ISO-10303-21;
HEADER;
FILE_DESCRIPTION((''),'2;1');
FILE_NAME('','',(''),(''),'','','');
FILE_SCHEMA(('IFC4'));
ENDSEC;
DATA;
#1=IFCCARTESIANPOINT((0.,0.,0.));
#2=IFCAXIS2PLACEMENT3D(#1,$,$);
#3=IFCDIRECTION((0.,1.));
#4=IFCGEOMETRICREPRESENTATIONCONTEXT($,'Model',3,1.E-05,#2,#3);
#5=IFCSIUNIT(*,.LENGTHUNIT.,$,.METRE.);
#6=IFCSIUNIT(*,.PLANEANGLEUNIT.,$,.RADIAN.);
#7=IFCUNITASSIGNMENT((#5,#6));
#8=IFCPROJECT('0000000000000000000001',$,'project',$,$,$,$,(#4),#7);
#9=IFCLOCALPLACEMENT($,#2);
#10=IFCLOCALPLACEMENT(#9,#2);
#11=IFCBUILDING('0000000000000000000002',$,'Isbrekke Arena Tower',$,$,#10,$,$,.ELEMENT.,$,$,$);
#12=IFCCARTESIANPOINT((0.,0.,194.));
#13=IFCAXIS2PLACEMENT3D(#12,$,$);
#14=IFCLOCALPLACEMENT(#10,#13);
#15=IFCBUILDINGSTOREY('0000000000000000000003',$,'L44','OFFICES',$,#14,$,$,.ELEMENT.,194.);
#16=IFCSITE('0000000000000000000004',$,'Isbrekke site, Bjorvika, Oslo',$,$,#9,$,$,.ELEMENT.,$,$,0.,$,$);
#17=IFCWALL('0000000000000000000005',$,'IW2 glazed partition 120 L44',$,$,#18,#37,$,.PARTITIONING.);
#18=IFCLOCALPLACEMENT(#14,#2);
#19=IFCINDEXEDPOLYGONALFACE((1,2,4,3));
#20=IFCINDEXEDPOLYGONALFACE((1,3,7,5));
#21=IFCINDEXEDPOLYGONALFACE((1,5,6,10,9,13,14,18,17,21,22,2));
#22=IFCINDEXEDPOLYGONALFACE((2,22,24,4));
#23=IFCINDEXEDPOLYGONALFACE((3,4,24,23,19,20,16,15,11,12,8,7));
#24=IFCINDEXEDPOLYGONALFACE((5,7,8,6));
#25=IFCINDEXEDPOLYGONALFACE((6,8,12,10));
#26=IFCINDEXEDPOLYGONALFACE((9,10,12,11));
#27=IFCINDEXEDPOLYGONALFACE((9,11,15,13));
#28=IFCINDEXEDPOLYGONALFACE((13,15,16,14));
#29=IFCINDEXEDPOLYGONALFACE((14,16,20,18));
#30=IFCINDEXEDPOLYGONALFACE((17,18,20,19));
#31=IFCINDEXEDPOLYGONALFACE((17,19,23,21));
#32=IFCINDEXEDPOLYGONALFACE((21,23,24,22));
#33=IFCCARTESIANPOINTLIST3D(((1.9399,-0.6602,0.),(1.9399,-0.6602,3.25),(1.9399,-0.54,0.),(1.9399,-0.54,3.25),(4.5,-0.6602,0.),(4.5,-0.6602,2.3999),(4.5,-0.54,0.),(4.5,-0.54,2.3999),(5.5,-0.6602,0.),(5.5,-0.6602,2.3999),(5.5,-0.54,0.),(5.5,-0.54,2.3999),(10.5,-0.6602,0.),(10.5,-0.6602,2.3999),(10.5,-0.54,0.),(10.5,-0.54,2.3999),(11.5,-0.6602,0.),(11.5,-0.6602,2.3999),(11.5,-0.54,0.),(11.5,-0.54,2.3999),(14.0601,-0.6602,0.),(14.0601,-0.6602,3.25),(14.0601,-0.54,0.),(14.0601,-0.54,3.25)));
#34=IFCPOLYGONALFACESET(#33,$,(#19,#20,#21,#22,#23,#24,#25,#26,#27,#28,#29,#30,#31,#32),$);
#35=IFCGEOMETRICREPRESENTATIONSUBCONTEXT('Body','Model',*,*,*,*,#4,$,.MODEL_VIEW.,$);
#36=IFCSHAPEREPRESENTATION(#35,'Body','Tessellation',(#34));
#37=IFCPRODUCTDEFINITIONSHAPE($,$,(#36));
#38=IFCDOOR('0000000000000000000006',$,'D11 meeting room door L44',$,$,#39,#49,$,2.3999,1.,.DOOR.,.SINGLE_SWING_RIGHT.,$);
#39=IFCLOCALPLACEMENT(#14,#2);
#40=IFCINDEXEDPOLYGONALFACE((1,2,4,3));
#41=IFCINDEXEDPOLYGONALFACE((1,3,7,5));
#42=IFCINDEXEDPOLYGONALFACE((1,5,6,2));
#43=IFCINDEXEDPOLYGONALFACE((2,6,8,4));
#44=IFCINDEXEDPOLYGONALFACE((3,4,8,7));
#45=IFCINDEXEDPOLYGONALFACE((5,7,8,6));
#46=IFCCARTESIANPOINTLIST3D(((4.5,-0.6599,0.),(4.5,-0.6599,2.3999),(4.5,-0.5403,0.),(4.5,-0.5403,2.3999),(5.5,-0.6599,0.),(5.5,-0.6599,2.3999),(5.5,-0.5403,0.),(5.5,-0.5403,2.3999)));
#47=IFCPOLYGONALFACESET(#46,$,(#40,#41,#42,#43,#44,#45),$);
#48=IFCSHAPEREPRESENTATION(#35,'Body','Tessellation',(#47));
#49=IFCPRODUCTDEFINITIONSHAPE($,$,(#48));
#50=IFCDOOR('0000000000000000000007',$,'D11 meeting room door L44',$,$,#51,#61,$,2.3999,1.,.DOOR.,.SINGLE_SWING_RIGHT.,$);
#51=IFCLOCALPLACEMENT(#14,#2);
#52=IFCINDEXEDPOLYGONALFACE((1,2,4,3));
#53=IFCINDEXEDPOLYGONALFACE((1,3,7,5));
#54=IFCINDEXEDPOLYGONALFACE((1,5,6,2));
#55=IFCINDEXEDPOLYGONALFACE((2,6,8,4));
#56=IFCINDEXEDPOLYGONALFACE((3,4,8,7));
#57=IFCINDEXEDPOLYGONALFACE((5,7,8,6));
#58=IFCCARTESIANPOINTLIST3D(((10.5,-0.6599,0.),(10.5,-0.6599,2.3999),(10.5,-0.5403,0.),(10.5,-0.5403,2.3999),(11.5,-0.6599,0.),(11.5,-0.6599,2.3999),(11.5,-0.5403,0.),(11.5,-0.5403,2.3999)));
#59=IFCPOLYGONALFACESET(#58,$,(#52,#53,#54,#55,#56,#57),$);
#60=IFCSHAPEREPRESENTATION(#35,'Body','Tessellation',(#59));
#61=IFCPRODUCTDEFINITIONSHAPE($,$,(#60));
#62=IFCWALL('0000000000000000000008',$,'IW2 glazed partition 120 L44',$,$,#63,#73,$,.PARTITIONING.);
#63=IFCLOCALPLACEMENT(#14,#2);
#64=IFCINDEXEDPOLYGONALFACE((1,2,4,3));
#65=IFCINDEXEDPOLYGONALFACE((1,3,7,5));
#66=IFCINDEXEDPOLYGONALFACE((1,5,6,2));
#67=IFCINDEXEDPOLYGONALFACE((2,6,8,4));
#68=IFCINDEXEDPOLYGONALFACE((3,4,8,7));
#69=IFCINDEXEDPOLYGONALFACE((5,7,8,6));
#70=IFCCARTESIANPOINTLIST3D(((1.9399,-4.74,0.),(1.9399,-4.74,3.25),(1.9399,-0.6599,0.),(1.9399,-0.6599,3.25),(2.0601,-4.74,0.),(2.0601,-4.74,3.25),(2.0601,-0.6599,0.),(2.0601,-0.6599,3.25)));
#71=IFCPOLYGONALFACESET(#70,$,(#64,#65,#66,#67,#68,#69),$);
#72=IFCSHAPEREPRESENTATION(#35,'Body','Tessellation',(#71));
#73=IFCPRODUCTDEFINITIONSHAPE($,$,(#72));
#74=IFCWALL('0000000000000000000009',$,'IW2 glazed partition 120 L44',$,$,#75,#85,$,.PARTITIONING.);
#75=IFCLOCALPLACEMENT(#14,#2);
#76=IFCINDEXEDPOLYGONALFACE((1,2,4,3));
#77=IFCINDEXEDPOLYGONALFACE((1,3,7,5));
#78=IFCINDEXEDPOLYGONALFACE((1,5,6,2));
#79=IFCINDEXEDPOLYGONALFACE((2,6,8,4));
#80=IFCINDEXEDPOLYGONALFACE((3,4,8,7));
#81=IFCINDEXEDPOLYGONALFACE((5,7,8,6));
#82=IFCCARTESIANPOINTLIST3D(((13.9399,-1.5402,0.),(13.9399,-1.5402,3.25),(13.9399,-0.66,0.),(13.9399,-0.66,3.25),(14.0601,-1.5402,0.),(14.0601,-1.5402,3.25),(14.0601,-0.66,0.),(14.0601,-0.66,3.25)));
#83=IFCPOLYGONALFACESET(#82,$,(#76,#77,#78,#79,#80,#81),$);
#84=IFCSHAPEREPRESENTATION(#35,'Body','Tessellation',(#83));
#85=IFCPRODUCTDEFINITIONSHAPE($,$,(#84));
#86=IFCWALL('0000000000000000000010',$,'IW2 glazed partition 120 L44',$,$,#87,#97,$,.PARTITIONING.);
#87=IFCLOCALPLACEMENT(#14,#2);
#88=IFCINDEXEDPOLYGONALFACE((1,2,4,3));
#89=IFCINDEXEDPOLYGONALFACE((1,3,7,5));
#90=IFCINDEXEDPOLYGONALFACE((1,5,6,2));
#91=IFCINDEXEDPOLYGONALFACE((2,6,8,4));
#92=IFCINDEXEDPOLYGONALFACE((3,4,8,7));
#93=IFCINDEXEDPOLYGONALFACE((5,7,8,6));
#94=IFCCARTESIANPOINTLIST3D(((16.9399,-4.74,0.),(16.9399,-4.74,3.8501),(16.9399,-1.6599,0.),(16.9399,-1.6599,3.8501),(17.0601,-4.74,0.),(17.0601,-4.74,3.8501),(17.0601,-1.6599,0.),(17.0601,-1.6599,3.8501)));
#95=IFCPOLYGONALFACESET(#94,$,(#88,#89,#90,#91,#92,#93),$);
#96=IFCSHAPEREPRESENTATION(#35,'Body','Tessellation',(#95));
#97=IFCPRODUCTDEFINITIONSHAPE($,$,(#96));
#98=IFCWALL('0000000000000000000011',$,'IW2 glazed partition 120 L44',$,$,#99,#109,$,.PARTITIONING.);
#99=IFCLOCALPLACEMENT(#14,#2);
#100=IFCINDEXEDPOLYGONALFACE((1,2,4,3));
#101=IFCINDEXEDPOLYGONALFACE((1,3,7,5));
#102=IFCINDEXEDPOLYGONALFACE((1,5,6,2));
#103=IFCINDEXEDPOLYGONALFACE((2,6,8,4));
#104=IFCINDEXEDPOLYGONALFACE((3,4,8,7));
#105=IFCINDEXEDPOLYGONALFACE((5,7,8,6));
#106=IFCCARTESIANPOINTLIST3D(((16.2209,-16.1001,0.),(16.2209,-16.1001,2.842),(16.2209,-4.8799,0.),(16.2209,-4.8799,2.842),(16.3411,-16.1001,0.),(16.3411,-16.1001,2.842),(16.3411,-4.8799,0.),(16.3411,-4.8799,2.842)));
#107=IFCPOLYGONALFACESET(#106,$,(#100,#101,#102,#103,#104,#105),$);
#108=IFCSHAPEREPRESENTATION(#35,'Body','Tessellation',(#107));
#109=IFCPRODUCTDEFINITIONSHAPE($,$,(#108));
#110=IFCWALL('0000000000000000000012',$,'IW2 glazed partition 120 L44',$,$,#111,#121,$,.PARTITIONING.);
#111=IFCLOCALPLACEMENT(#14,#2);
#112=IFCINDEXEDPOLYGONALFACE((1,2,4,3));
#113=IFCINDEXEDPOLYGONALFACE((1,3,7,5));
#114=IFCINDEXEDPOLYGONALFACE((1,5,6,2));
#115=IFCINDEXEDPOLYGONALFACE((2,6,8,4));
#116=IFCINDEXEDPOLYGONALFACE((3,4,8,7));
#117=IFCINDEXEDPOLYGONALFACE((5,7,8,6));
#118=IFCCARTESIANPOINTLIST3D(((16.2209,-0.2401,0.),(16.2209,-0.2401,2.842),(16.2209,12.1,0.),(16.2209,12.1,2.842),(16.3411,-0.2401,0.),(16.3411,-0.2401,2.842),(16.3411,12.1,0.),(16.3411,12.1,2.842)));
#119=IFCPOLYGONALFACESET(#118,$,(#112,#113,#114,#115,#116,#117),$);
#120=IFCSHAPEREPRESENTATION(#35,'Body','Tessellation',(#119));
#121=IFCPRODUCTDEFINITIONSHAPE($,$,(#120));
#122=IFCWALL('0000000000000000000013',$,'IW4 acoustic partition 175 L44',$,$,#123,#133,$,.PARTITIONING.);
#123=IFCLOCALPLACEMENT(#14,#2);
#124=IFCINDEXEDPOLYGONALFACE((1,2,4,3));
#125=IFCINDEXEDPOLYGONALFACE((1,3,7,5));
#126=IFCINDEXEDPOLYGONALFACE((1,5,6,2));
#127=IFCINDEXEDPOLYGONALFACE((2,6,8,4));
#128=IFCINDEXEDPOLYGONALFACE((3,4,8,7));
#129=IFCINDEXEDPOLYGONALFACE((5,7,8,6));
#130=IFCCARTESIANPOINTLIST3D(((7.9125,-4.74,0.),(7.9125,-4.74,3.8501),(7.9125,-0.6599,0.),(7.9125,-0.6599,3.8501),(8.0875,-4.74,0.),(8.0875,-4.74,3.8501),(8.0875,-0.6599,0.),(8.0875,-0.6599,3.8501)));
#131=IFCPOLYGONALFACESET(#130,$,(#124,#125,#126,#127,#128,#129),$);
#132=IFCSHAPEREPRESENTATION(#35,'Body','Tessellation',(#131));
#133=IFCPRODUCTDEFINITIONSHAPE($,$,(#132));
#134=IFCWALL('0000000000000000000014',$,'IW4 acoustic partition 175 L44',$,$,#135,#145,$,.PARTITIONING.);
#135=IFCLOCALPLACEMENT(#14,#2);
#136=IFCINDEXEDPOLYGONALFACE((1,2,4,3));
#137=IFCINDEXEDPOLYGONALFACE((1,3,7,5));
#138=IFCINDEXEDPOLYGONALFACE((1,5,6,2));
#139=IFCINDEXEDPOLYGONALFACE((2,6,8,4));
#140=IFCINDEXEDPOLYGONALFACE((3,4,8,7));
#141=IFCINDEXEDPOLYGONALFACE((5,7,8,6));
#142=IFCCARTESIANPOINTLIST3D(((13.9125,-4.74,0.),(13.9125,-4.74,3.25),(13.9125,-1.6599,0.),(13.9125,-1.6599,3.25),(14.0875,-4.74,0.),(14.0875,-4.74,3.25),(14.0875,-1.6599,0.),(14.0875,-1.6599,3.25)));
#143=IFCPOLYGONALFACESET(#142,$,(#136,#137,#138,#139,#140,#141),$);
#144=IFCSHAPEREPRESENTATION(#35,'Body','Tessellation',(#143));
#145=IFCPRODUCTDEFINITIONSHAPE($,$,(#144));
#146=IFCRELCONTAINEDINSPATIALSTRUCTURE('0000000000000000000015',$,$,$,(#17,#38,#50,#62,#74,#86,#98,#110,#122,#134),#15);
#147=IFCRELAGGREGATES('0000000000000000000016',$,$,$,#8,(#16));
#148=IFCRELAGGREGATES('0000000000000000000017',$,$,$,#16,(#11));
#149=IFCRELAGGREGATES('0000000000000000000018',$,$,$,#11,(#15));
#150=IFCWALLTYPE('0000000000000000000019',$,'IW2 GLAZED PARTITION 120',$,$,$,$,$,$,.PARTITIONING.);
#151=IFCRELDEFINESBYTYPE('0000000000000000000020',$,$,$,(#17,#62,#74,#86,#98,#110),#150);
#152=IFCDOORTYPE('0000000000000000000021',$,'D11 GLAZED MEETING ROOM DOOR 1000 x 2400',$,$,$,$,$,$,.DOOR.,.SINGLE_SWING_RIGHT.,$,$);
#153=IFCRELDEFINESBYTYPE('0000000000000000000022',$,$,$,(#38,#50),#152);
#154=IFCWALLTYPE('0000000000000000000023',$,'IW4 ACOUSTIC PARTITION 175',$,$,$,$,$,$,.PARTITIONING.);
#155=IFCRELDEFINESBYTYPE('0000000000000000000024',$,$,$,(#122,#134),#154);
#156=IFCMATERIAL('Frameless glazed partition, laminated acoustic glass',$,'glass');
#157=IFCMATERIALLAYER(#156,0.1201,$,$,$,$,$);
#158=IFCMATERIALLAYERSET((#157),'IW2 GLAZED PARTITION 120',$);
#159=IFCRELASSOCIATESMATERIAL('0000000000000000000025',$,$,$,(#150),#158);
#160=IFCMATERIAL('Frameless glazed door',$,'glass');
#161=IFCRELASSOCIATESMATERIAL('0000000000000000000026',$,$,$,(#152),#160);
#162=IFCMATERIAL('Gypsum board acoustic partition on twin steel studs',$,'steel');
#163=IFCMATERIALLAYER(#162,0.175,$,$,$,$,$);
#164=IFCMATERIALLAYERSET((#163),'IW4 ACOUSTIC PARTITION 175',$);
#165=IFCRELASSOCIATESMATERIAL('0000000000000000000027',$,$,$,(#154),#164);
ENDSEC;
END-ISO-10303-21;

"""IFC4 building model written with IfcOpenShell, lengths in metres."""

from ifc_helpers import new_model, si_unit, direction, frame, frame_2d, origin, place, context, subcontext, project, spatial, rectangle, extrude, material, layer, layer_set, type_object, element, fill, save


model = new_model("IFC4")

# Units and contexts
model_context = context("Model", 3, precision=1e-05, world=origin(), true_north=direction((0.0, 1.0)))
body_context = subcontext(model_context, "Body", "Model", "MODEL_VIEW")
ifc_project = project(units=[si_unit("LENGTHUNIT", "METRE"), si_unit("PLANEANGLEUNIT", "RADIAN")], contexts=[model_context])

# Site, building, storey
site_placement = place(None, origin())
site = spatial("IfcSite", under=ifc_project, at=site_placement, Name="Isbrekke site, Bjorvika, Oslo", CompositionType="ELEMENT", RefElevation=0.0)
building_placement = place(site_placement, origin())
building = spatial("IfcBuilding", under=site, at=building_placement, Name="Isbrekke Arena Tower", CompositionType="ELEMENT")
storey_placement = place(building_placement, frame((0.0, 0.0, 194.0)))
storey = spatial("IfcBuildingStorey", under=building, at=storey_placement, Name="L44", Description="OFFICES", CompositionType="ELEMENT", Elevation=194.0)

# Shared definitions
ifc_material_1 = material(Name="Frameless glazed partition, laminated acoustic glass", Category="glass")
ifc_layer_1 = layer(ifc_material_1, 0.1201)
ifc_layer_set_1 = layer_set([ifc_layer_1], Name="IW2 GLAZED PARTITION 120")
wall_type_1 = type_object("IfcWallType", Name="IW2 GLAZED PARTITION 120", PredefinedType="PARTITIONING", material=ifc_layer_set_1)

# Shared definitions
ifc_material_2 = material(Name="Frameless glazed door", Category="glass")
door_type_1 = type_object("IfcDoorType", Name="D11 GLAZED MEETING ROOM DOOR 1000 x 2400", OperationType="SINGLE_SWING_RIGHT", PredefinedType="DOOR", material=ifc_material_2)

# Wall, openings, doors
wall_1_placement = place(storey_placement, frame((1.9399, -0.6001, 0.0), z_axis=(0.0, 0.0, 1.0), x_axis=(1.0, 0.0, 0.0)))
wall_1 = element("IfcWall", 1, at=wall_1_placement, inside=storey, type_object=wall_type_1, Name="IW2 glazed partition 120 L44", PredefinedType="PARTITIONING", context=body_context, shape_type="SweptSolid", body=[
    extrude(rectangle(XDim=12.1201, YDim=0.1201, at=frame_2d((6.0601, 0.0))), origin(), (0.0, 0.0, 1.0), 3.25),
])
opening_1_placement = place(wall_1_placement, frame((2.5601, 0.0, 0.0)))
opening_1 = element("IfcOpeningElement", 2, at=opening_1_placement, cuts=wall_1, PredefinedType="OPENING", context=body_context, shape_type="SweptSolid", body=[
    extrude(rectangle(XDim=1.0, YDim=2.3999, at=frame_2d((0.5, 1.2))), frame((0.0, 0.075, 0.0), z_axis=(0.0, -1.0, 0.0), x_axis=(1.0, 0.0, 0.0)), (0.0, 0.0, 1.0), 0.1499),
])
opening_2_placement = place(wall_1_placement, frame((8.5601, 0.0, 0.0)))
opening_2 = element("IfcOpeningElement", 3, at=opening_2_placement, cuts=wall_1, PredefinedType="OPENING", context=body_context, shape_type="SweptSolid", body=[
    extrude(rectangle(XDim=1.0, YDim=2.3999, at=frame_2d((0.5, 1.2))), frame((0.0, 0.075, 0.0), z_axis=(0.0, -1.0, 0.0), x_axis=(1.0, 0.0, 0.0)), (0.0, 0.0, 1.0), 0.1499),
])
door_1_placement = place(opening_1_placement, origin())
door_1 = element("IfcDoor", 4, at=door_1_placement, inside=storey, type_object=door_type_1, Name="D11 meeting room door L44", OperationType="SINGLE_SWING_RIGHT", OverallHeight=2.3999, OverallWidth=1.0, PredefinedType="DOOR", context=body_context, shape_type="SweptSolid", body=[
    extrude(rectangle(XDim=1.0, YDim=2.3999, at=frame_2d((0.5, 1.2))), frame((0.0, 0.0598, 0.0), z_axis=(0.0, -1.0, 0.0), x_axis=(1.0, 0.0, 0.0)), (0.0, 0.0, 1.0), 0.1196),
])
fill(opening_1, door_1)
door_2_placement = place(opening_2_placement, origin())
door_2 = element("IfcDoor", 5, at=door_2_placement, inside=storey, type_object=door_type_1, Name="D11 meeting room door L44", OperationType="SINGLE_SWING_RIGHT", OverallHeight=2.3999, OverallWidth=1.0, PredefinedType="DOOR", context=body_context, shape_type="SweptSolid", body=[
    extrude(rectangle(XDim=1.0, YDim=2.3999, at=frame_2d((0.5, 1.2))), frame((0.0, 0.0598, 0.0), z_axis=(0.0, -1.0, 0.0), x_axis=(1.0, 0.0, 0.0)), (0.0, 0.0, 1.0), 0.1196),
])
fill(opening_2, door_2)

# Walls
wall_2_placement = place(storey_placement, frame((2.0, -4.74, 0.0), z_axis=(0.0, 0.0, 1.0), x_axis=(0.0, 1.0, 0.0)))
element("IfcWall", 6, at=wall_2_placement, inside=storey, type_object=wall_type_1, Name="IW2 glazed partition 120 L44", PredefinedType="PARTITIONING", context=body_context, shape_type="SweptSolid", body=[
    extrude(rectangle(XDim=4.0801, YDim=0.1201, at=frame_2d((2.04, 0.0))), origin(), (0.0, 0.0, 1.0), 3.25),
])
wall_3_placement = place(storey_placement, frame((14.0, -1.54, 0.0), z_axis=(0.0, 0.0, 1.0), x_axis=(0.0, 1.0, 0.0)))
element("IfcWall", 7, at=wall_3_placement, inside=storey, type_object=wall_type_1, Name="IW2 glazed partition 120 L44", PredefinedType="PARTITIONING", context=body_context, shape_type="SweptSolid", body=[
    extrude(rectangle(XDim=0.8801, YDim=0.1201, at=frame_2d((0.4399, 0.0))), origin(), (0.0, 0.0, 1.0), 3.25),
])
wall_4_placement = place(storey_placement, frame((17.0, -4.74, 0.0), z_axis=(0.0, 0.0, 1.0), x_axis=(0.0, 1.0, 0.0)))
element("IfcWall", 8, at=wall_4_placement, inside=storey, type_object=wall_type_1, Name="IW2 glazed partition 120 L44", PredefinedType="PARTITIONING", context=body_context, shape_type="SweptSolid", body=[
    extrude(rectangle(XDim=3.0801, YDim=0.1201, at=frame_2d((1.54, 0.0))), origin(), (0.0, 0.0, 1.0), 3.8501),
])
wall_5_placement = place(storey_placement, frame((16.281, -16.1001, 0.0), z_axis=(0.0, 0.0, 1.0), x_axis=(0.0, 1.0, 0.0)))
element("IfcWall", 9, at=wall_5_placement, inside=storey, type_object=wall_type_1, Name="IW2 glazed partition 120 L44", PredefinedType="PARTITIONING", context=body_context, shape_type="SweptSolid", body=[
    extrude(rectangle(XDim=11.2202, YDim=0.1201, at=frame_2d((5.6101, 0.0))), origin(), (0.0, 0.0, 1.0), 2.842),
])
wall_6_placement = place(storey_placement, frame((16.281, -0.24, 0.0), z_axis=(0.0, 0.0, 1.0), x_axis=(0.0, 1.0, 0.0)))
element("IfcWall", 10, at=wall_6_placement, inside=storey, type_object=wall_type_1, Name="IW2 glazed partition 120 L44", PredefinedType="PARTITIONING", context=body_context, shape_type="SweptSolid", body=[
    extrude(rectangle(XDim=12.3401, YDim=0.1201, at=frame_2d((6.1699, 0.0))), origin(), (0.0, 0.0, 1.0), 2.842),
])
ifc_material_3 = material(Name="Gypsum board acoustic partition on twin steel studs", Category="steel")
ifc_layer_2 = layer(ifc_material_3, 0.175)
ifc_layer_set_2 = layer_set([ifc_layer_2], Name="IW4 ACOUSTIC PARTITION 175")
wall_type_2 = type_object("IfcWallType", Name="IW4 ACOUSTIC PARTITION 175", PredefinedType="PARTITIONING", material=ifc_layer_set_2)
wall_7_placement = place(storey_placement, frame((8.0, -4.74, 0.0), z_axis=(0.0, 0.0, 1.0), x_axis=(0.0, 1.0, 0.0)))
element("IfcWall", 11, at=wall_7_placement, inside=storey, type_object=wall_type_2, Name="IW4 acoustic partition 175 L44", PredefinedType="PARTITIONING", context=body_context, shape_type="SweptSolid", body=[
    extrude(rectangle(XDim=4.0801, YDim=0.175, at=frame_2d((2.04, 0.0))), origin(), (0.0, 0.0, 1.0), 3.8501),
])
wall_8_placement = place(storey_placement, frame((14.0, -4.74, 0.0), z_axis=(0.0, 0.0, 1.0), x_axis=(0.0, 1.0, 0.0)))
element("IfcWall", 12, at=wall_8_placement, inside=storey, type_object=wall_type_2, Name="IW4 acoustic partition 175 L44", PredefinedType="PARTITIONING", context=body_context, shape_type="SweptSolid", body=[
    extrude(rectangle(XDim=3.0801, YDim=0.175, at=frame_2d((1.54, 0.0))), origin(), (0.0, 0.0, 1.0), 3.25),
])

save(model, "model.ifc")
